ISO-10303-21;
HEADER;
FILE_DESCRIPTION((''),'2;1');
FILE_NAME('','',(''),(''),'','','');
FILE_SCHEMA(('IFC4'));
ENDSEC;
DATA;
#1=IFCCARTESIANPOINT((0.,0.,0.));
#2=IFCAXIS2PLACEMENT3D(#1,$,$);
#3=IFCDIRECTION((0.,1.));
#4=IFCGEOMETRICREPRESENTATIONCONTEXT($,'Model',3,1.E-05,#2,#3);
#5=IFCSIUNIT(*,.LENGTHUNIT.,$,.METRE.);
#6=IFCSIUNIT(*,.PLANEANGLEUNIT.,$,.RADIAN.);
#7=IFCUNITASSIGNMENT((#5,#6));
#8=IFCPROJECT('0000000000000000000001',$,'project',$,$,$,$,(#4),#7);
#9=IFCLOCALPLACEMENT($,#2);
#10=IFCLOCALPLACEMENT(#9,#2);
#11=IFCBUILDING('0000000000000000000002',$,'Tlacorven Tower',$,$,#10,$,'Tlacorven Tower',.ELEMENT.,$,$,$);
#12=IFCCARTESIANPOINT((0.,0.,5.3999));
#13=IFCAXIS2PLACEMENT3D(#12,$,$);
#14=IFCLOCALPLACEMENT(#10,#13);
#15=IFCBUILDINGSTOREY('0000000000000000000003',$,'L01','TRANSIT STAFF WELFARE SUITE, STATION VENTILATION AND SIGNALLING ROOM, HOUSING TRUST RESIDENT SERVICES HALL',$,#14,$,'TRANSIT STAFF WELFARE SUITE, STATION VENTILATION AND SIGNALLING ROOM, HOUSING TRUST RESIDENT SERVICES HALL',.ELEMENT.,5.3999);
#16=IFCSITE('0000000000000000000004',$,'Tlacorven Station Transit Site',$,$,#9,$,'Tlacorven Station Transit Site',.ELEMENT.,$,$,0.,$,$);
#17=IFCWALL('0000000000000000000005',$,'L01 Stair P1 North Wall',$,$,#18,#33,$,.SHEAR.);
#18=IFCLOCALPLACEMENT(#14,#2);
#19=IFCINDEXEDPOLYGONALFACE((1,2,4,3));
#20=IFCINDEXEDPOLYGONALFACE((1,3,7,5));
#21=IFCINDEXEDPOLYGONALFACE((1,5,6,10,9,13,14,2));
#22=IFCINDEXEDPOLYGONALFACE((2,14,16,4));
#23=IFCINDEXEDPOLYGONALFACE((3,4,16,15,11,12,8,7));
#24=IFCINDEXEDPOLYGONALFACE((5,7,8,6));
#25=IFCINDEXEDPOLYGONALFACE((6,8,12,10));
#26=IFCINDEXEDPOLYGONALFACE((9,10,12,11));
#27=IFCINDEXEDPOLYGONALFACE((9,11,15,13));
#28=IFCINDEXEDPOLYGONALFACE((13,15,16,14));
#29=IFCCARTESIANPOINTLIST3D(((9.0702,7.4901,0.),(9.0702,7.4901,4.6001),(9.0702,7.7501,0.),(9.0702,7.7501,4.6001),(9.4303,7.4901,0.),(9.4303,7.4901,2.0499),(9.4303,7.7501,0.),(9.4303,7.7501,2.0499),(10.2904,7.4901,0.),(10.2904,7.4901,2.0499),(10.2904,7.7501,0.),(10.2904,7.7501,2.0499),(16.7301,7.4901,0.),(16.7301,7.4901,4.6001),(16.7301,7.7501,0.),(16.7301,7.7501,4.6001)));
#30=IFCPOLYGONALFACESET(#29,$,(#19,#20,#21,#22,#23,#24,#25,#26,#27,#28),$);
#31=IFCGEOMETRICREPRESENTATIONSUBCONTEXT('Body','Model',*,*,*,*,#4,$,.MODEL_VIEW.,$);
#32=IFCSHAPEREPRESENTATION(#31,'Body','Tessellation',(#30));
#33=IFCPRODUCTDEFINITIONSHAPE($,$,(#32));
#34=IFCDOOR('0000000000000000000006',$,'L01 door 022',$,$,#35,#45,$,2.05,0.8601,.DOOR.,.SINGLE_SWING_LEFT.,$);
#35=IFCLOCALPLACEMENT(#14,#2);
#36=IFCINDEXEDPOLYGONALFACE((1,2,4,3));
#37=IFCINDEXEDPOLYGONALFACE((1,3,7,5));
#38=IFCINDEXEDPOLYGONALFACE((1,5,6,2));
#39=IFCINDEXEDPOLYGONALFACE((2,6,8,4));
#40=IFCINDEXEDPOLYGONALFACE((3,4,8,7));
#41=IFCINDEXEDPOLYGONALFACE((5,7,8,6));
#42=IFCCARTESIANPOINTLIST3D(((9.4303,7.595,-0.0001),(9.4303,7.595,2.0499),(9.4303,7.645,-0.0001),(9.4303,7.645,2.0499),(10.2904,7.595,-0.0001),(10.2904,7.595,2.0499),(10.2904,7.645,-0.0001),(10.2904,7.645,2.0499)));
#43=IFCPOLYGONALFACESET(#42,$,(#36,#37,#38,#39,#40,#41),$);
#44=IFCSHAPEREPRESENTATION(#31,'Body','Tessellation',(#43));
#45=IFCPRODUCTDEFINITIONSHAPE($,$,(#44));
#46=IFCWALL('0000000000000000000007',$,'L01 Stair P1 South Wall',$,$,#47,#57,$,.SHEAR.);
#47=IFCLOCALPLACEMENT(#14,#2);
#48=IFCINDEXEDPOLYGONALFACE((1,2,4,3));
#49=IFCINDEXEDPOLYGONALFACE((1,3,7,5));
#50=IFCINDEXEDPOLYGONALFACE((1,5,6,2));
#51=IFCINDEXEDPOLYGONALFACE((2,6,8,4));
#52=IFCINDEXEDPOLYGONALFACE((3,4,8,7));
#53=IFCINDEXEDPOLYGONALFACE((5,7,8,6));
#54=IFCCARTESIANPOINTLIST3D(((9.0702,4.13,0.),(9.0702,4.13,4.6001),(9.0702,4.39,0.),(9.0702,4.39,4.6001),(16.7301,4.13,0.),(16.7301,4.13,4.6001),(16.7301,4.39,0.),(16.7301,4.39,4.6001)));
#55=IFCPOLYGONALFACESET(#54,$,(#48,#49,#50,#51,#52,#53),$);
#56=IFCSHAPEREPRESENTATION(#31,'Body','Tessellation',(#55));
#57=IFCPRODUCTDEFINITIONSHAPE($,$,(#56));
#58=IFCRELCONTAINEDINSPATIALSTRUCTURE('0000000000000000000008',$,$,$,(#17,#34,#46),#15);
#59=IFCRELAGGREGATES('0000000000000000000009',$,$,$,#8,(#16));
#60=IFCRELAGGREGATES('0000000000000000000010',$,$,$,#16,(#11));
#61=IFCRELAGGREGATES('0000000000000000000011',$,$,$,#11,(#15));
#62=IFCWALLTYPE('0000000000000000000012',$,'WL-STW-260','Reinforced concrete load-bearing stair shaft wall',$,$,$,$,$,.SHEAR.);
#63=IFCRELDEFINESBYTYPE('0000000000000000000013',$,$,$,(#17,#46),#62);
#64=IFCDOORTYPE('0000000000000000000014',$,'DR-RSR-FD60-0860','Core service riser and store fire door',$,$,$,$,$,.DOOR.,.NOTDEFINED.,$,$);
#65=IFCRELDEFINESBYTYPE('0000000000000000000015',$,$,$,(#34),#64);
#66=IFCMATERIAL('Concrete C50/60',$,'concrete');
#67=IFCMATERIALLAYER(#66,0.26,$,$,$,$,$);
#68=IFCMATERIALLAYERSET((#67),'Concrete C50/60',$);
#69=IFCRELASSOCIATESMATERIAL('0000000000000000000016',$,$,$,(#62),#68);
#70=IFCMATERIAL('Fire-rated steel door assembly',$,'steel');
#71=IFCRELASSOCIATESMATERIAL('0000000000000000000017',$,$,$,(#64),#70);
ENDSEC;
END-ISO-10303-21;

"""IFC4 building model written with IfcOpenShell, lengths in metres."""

from ifc_helpers import new_model, si_unit, direction, frame, frame_2d, origin, place, context, subcontext, project, spatial, rectangle, extrude, source, transform, mapped, material, layer, layer_set, type_object, element, fill, save


model = new_model("IFC4")

# Units and contexts
model_context = context("Model", 3, precision=1e-05, world=origin(), true_north=direction((0.0, 1.0)))
body_context = subcontext(model_context, "Body", "Model", "MODEL_VIEW")
ifc_project = project(units=[si_unit("LENGTHUNIT", "METRE"), si_unit("PLANEANGLEUNIT", "RADIAN")], contexts=[model_context])

# Site, building, storey
site_placement = place(None, origin())
site = spatial("IfcSite", under=ifc_project, at=site_placement, Name="Tlacorven Station Transit Site", LongName="Tlacorven Station Transit Site", CompositionType="ELEMENT", RefElevation=0.0)
building_placement = place(site_placement, origin())
building = spatial("IfcBuilding", under=site, at=building_placement, Name="Tlacorven Tower", LongName="Tlacorven Tower", CompositionType="ELEMENT")
storey_placement = place(building_placement, frame((0.0, 0.0, 5.3999)))
storey = spatial("IfcBuildingStorey", under=building, at=storey_placement, Name="L01", Description="TRANSIT STAFF WELFARE SUITE, STATION VENTILATION AND SIGNALLING ROOM, HOUSING TRUST RESIDENT SERVICES HALL", LongName="TRANSIT STAFF WELFARE SUITE, STATION VENTILATION AND SIGNALLING ROOM, HOUSING TRUST RESIDENT SERVICES HALL", CompositionType="ELEMENT", Elevation=5.3999)

# Shared definitions
ifc_material_1 = material(Name="Fire-rated steel door assembly", Category="steel")

# Wall, opening, door
ifc_material_2 = material(Name="Concrete C50/60", Category="concrete")
ifc_layer_1 = layer(ifc_material_2, 0.26)
ifc_layer_set_1 = layer_set([ifc_layer_1], Name="Concrete C50/60")
wall_type_1 = type_object("IfcWallType", Name="WL-STW-260", Description="Reinforced concrete load-bearing stair shaft wall", PredefinedType="SHEAR", material=ifc_layer_set_1)
wall_1_placement = place(storey_placement, frame((9.0701, 7.6201, 0.0), z_axis=(0.0, 0.0, 1.0), x_axis=(1.0, 0.0, 0.0)))
wall_1 = element("IfcWall", 1, at=wall_1_placement, inside=storey, type_object=wall_type_1, Name="L01 Stair P1 North Wall", PredefinedType="SHEAR", context=body_context, shape_type="SweptSolid", body=[
    extrude(rectangle(XDim=7.6599, YDim=0.26, at=frame_2d((3.8301, 0.0))), origin(), (0.0, 0.0, 1.0), 4.6001),
])
opening_1_placement = place(wall_1_placement, frame((0.3601, 0.0, 0.0)))
opening_1 = element("IfcOpeningElement", 2, at=opening_1_placement, cuts=wall_1, PredefinedType="OPENING", context=body_context, shape_type="SweptSolid", body=[
    extrude(rectangle(XDim=0.8601, YDim=2.05, at=frame_2d((0.4302, 1.0249))), frame((0.0, 0.1401, 0.0), z_axis=(0.0, -1.0, 0.0), x_axis=(1.0, 0.0, 0.0)), (0.0, 0.0, 1.0), 0.28),
])
door_type_1 = type_object("IfcDoorType", Name="DR-RSR-FD60-0860", Description="Core service riser and store fire door", OperationType="NOTDEFINED", PredefinedType="DOOR", material=ifc_material_1)
shared_shape_1 = source(origin(), body_context, "Body", "SweptSolid", [
    extrude(rectangle(XDim=0.8601, YDim=2.05, at=frame_2d((0.4302, 1.0249))), frame((0.0, 0.0249, 0.0), z_axis=(0.0, -1.0, 0.0), x_axis=(1.0, 0.0, 0.0)), (0.0, 0.0, 1.0), 0.05),
])
door_1_placement = place(opening_1_placement, origin())
door_1 = element("IfcDoor", 3, at=door_1_placement, inside=storey, type_object=door_type_1, Name="L01 door 022", OperationType="SINGLE_SWING_LEFT", OverallHeight=2.05, OverallWidth=0.8601, PredefinedType="DOOR", context=body_context, shape_type="MappedRepresentation", body=[
    mapped(shared_shape_1, transform((0.0, 0.0, 0.0), scale=1.0)),
])
fill(opening_1, door_1)

# Wall
wall_2_placement = place(storey_placement, frame((9.0701, 4.26, 0.0), z_axis=(0.0, 0.0, 1.0), x_axis=(1.0, 0.0, 0.0)))
element("IfcWall", 4, at=wall_2_placement, inside=storey, type_object=wall_type_1, Name="L01 Stair P1 South Wall", PredefinedType="SHEAR", context=body_context, shape_type="SweptSolid", body=[
    extrude(rectangle(XDim=7.6599, YDim=0.26, at=frame_2d((3.8301, 0.0))), origin(), (0.0, 0.0, 1.0), 4.6001),
])

save(model, "model.ifc")
